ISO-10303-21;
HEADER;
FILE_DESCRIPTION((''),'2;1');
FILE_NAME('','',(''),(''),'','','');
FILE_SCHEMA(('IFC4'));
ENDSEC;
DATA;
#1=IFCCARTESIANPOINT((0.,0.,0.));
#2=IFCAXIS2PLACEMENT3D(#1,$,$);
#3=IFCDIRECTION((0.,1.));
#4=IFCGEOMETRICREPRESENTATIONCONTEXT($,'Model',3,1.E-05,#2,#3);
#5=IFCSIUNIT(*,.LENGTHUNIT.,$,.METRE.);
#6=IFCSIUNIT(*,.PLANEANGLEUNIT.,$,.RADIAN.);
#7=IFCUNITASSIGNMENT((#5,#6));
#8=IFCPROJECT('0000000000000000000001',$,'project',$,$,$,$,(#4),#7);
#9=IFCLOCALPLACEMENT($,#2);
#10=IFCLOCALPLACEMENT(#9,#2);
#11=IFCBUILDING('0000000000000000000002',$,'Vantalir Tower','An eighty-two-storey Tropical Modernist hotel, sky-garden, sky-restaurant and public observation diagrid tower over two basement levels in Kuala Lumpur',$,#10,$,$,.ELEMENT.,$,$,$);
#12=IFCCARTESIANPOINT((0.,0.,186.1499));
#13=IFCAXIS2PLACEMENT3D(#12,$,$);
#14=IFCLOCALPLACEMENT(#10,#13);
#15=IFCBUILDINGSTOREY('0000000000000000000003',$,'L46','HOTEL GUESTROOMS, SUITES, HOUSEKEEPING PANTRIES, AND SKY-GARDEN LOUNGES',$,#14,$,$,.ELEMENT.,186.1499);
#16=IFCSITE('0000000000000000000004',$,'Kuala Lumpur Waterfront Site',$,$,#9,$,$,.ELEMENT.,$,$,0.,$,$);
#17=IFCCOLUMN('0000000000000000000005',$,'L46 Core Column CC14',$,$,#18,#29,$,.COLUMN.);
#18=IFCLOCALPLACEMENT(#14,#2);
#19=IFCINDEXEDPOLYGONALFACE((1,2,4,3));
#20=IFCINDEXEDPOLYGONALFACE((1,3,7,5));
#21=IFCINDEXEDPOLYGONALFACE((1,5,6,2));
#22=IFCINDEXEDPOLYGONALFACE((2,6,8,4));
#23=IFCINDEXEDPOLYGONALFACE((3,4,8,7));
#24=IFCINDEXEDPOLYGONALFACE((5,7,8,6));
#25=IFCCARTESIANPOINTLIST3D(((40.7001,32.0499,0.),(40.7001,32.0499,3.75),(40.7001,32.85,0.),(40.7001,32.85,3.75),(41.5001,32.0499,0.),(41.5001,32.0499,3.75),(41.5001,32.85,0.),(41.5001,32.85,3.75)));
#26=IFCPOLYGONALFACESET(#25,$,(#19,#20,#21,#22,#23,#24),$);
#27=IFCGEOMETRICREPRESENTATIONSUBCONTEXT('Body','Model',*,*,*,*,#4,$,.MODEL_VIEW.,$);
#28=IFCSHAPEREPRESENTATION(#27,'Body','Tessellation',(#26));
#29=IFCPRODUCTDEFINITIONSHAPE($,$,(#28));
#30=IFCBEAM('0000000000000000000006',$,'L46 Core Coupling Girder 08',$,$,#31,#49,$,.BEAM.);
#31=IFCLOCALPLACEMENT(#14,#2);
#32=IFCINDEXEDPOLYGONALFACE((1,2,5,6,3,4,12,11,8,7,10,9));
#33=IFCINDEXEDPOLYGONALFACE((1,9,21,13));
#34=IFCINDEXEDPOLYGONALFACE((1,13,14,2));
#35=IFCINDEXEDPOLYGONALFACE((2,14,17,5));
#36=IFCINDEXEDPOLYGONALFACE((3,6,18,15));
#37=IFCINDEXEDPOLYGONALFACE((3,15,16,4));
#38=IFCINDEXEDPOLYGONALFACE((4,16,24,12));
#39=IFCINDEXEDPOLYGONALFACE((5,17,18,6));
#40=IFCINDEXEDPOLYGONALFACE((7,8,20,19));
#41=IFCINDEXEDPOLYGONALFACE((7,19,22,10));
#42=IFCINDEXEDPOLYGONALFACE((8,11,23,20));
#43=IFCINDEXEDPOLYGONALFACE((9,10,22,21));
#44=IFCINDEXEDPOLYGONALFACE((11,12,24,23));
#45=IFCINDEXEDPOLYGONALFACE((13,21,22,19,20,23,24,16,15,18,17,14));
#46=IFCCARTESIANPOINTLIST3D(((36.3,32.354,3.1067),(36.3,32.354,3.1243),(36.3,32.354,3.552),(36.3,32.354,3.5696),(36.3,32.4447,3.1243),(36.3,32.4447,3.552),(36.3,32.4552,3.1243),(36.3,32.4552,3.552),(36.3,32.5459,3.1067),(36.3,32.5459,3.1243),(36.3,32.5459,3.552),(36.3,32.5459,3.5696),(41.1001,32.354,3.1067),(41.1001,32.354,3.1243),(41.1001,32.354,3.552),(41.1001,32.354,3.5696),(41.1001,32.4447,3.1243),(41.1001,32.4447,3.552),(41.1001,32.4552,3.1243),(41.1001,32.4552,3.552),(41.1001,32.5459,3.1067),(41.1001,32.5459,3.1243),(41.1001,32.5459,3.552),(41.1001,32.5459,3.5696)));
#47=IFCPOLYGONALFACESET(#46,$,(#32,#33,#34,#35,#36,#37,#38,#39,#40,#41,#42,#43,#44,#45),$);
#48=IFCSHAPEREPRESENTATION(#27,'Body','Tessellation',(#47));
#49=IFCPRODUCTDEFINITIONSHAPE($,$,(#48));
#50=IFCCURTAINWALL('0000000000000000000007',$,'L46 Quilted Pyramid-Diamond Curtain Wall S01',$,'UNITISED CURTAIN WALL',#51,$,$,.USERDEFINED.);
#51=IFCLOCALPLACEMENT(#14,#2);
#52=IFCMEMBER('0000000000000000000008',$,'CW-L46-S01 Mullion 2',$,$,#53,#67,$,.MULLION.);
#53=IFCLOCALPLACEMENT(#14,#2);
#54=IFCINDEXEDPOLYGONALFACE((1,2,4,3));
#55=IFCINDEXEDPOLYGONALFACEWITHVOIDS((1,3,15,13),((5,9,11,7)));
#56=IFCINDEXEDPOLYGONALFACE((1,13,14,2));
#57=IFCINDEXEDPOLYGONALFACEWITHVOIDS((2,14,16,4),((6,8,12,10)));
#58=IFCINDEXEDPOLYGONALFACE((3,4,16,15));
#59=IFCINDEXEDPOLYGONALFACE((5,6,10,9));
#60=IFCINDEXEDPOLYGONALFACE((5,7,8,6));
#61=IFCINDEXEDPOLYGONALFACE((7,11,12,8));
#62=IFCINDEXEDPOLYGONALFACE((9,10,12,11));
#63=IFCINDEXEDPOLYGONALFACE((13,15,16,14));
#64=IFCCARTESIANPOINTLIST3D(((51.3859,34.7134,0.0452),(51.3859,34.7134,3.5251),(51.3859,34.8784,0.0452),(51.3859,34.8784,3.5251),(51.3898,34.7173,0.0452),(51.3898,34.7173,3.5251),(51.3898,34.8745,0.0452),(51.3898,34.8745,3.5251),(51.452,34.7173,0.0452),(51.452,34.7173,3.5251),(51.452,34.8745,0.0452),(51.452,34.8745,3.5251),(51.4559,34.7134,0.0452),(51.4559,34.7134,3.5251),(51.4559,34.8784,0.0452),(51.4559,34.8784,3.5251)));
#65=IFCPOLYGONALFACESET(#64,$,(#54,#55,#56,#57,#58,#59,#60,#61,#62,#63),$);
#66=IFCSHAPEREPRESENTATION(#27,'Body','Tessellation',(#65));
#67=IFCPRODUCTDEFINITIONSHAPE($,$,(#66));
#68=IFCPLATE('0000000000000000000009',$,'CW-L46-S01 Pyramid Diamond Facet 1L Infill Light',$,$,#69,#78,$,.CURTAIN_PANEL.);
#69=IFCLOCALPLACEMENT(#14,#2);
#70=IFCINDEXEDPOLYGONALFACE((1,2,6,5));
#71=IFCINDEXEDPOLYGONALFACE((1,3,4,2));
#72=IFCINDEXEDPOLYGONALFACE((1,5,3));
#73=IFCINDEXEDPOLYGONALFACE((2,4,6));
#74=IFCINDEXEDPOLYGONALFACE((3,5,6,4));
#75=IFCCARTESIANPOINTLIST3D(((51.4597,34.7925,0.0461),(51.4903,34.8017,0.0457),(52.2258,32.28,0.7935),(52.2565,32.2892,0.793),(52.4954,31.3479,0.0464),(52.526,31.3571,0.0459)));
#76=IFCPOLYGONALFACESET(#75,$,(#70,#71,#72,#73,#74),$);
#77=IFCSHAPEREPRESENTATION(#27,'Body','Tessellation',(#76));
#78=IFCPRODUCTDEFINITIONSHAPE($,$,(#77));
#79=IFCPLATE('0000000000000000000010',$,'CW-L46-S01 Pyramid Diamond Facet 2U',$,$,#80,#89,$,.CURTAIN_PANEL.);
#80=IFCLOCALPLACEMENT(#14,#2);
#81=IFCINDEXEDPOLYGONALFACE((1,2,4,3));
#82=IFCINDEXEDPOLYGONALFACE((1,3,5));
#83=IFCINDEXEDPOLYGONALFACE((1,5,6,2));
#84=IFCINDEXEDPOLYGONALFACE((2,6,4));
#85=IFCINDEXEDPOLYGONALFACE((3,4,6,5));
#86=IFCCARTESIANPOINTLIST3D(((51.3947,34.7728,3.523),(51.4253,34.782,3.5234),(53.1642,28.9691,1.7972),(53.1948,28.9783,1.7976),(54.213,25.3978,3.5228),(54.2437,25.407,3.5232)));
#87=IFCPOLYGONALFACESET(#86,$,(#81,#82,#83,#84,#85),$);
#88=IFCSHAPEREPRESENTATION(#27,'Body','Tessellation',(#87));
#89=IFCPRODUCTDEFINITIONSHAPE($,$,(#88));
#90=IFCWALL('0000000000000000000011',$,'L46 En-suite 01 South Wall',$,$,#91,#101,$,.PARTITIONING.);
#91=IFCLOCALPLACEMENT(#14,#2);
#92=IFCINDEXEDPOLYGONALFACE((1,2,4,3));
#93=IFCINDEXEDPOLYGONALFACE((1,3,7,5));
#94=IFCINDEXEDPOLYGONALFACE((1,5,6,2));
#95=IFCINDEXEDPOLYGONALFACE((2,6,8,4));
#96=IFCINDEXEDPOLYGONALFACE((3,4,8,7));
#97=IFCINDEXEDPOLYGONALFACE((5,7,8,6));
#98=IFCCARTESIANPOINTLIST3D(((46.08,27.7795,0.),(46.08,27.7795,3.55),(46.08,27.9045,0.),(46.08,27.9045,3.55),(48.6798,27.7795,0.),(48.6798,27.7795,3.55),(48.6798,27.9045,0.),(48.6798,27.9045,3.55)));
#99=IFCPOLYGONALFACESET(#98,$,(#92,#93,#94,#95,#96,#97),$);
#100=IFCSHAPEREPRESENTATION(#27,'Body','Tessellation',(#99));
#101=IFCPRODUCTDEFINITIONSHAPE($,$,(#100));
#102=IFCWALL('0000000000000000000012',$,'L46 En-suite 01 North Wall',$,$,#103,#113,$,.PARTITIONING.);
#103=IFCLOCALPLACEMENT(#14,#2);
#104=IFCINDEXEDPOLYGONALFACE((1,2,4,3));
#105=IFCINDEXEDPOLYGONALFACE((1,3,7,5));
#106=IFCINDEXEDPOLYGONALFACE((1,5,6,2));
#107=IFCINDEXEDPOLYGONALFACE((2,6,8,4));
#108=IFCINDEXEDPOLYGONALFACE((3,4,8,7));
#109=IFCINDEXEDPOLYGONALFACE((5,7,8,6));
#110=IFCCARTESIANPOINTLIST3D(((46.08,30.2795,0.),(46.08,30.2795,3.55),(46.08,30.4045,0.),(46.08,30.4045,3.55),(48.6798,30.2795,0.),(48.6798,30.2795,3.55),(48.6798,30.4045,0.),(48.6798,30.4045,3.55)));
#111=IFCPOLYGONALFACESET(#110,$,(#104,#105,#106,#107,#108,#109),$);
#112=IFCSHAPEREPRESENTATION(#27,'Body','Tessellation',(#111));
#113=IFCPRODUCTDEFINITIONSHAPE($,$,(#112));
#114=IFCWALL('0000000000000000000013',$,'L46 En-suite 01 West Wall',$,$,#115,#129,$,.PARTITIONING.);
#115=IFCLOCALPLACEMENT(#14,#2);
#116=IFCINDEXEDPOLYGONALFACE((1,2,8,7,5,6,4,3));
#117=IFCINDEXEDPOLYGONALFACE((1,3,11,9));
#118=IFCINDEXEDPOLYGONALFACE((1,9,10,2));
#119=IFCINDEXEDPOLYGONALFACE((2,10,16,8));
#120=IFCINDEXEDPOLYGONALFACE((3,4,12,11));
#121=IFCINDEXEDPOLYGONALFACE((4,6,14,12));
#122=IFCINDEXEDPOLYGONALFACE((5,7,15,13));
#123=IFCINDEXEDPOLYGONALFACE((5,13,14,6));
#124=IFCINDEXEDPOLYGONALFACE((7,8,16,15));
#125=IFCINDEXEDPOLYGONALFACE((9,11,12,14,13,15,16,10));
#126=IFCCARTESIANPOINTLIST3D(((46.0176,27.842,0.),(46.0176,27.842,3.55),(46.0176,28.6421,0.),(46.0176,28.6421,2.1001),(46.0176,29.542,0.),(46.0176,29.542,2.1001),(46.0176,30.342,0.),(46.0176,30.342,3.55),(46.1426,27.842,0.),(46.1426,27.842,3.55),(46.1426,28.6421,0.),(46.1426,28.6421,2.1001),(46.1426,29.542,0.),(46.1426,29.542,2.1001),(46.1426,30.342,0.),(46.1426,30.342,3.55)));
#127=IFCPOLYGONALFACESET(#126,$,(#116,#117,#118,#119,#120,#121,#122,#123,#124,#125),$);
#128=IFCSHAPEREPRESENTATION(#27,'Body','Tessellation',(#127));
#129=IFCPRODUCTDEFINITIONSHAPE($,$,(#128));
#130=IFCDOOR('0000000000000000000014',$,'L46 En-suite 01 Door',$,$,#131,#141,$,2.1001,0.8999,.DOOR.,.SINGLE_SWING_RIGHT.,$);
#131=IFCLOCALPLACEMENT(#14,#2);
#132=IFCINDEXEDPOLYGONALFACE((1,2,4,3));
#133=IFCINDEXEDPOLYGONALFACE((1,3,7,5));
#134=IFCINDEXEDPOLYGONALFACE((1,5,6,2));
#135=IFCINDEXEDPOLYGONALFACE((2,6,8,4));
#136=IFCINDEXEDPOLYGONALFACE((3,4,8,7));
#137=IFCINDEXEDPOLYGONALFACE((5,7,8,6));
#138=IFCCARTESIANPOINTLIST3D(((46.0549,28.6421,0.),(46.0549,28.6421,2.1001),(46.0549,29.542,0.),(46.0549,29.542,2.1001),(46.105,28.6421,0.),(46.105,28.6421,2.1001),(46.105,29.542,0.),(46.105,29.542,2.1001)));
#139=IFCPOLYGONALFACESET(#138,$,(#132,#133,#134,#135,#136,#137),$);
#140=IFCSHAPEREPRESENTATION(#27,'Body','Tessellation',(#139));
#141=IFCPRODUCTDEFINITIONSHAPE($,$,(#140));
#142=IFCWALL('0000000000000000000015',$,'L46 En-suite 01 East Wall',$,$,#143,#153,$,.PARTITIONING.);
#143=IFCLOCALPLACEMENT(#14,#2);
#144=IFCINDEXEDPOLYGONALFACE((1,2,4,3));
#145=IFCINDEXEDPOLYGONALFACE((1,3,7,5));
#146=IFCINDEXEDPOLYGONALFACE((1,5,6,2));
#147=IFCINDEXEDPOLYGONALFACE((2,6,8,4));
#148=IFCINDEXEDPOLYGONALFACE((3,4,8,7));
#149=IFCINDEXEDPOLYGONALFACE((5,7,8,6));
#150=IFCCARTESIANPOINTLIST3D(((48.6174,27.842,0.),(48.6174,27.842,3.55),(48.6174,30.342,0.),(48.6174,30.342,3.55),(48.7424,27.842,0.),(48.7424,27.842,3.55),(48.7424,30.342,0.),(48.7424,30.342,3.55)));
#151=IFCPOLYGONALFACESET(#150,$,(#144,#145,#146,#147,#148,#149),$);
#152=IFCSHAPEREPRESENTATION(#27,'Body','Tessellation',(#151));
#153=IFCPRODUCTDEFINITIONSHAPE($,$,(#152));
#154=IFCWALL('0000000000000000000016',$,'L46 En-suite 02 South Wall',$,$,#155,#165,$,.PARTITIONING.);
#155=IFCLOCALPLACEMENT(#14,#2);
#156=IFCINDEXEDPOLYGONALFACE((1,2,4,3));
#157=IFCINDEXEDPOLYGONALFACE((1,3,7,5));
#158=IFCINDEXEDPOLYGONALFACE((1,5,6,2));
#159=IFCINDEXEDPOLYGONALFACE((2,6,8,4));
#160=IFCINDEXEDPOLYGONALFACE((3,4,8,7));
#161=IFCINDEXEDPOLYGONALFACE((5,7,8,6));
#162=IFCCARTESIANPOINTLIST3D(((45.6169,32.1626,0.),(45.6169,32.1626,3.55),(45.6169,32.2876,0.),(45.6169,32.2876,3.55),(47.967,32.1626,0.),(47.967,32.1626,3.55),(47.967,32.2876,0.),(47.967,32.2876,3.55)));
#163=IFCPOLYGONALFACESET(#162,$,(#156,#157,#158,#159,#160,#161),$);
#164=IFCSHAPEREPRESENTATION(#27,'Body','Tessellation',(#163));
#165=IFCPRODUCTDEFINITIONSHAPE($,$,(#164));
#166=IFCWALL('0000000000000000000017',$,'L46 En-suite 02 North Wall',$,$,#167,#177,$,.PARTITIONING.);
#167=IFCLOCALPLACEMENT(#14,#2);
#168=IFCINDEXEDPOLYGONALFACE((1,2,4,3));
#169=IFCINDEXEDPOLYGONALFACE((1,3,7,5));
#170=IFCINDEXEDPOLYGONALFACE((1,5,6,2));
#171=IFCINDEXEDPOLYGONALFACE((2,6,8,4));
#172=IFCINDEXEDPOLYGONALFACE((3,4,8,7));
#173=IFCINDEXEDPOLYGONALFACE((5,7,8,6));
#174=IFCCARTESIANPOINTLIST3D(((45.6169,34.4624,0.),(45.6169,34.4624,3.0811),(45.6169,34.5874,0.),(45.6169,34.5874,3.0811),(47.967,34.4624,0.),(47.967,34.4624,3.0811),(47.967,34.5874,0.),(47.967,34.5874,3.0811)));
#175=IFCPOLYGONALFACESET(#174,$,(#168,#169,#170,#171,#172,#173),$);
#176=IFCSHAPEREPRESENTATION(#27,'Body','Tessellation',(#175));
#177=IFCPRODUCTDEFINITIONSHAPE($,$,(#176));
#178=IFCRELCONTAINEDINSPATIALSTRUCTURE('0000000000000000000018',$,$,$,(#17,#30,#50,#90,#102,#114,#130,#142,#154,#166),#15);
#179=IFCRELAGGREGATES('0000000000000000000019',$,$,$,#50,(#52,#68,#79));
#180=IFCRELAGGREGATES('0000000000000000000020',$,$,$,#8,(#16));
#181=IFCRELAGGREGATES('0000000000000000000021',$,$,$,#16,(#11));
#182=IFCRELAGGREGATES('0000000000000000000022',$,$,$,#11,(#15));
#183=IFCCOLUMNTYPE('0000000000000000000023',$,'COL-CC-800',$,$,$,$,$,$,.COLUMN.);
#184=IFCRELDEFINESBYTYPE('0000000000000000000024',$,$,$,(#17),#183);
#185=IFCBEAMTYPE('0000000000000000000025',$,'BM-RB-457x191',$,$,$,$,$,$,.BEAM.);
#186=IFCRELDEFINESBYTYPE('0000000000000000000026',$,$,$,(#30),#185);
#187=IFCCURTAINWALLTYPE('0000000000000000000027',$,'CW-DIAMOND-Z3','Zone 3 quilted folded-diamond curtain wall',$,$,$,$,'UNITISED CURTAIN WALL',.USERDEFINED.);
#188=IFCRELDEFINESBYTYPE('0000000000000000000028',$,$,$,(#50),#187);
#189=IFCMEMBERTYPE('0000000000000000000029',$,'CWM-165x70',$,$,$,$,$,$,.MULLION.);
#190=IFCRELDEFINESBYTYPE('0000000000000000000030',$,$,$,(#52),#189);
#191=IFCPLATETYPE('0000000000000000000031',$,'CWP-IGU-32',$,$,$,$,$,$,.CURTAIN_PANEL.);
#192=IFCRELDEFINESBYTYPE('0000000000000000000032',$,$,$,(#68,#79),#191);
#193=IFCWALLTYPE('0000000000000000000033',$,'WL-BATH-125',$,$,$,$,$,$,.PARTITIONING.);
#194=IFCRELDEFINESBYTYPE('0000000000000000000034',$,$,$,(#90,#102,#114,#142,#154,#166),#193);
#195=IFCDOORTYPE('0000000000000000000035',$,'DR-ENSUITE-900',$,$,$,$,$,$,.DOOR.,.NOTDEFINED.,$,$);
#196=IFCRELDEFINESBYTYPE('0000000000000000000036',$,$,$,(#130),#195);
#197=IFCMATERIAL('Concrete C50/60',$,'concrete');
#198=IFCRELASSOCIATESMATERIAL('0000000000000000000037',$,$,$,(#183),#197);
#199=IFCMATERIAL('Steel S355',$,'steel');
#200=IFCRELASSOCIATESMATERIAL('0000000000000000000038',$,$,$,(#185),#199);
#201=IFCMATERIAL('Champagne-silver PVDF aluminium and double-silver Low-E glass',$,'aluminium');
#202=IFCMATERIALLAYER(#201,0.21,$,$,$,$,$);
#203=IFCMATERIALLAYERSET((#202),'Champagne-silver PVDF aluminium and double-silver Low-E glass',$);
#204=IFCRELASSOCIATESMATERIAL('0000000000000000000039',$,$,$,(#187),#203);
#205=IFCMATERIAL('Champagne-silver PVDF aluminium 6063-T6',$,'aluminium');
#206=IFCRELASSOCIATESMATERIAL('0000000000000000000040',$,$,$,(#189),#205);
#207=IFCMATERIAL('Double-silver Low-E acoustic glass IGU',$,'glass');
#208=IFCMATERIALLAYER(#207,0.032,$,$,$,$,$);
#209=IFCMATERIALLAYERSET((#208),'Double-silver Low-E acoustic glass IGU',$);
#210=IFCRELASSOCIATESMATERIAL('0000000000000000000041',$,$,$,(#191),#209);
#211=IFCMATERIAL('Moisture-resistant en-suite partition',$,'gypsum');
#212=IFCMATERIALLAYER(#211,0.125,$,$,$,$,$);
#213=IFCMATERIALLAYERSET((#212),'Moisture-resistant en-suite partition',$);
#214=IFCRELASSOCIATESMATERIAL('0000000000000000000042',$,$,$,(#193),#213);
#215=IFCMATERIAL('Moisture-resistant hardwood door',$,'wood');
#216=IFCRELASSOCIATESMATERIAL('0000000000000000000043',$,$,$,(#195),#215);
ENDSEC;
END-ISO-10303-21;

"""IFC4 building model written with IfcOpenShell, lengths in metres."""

from ifc_helpers import new_model, si_unit, direction, frame, frame_2d, origin, origin_2d, place, context, subcontext, project, spatial, polyline, rectangle, hollow_rectangle, i_section, outline, extrude, material, layer, layer_set, material_profile, profile_set, type_object, element, fill, aggregate, save


model = new_model("IFC4")

# Units and contexts
model_context = context("Model", 3, precision=1e-05, world=origin(), true_north=direction((0.0, 1.0)))
body_context = subcontext(model_context, "Body", "Model", "MODEL_VIEW")
ifc_project = project(units=[si_unit("LENGTHUNIT", "METRE"), si_unit("PLANEANGLEUNIT", "RADIAN")], contexts=[model_context])

# Site, building, storey
site_placement = place(None, origin())
site = spatial("IfcSite", under=ifc_project, at=site_placement, Name="Kuala Lumpur Waterfront Site", CompositionType="ELEMENT", RefElevation=0.0)
building_placement = place(site_placement, origin())
building = spatial("IfcBuilding", under=site, at=building_placement, Name="Vantalir Tower", Description="An eighty-two-storey Tropical Modernist hotel, sky-garden, sky-restaurant and public observation diagrid tower over two basement levels in Kuala Lumpur", CompositionType="ELEMENT")
storey_placement = place(building_placement, frame((0.0, 0.0, 186.1499)))
storey = spatial("IfcBuildingStorey", under=building, at=storey_placement, Name="L46", Description="HOTEL GUESTROOMS, SUITES, HOUSEKEEPING PANTRIES, AND SKY-GARDEN LOUNGES", CompositionType="ELEMENT", Elevation=186.1499)

# Column
ifc_material_1 = material(Name="Concrete C50/60", Category="concrete")
ifc_material_profile_1 = material_profile(ifc_material_1, rectangle(XDim=0.8, YDim=0.8, at=origin_2d()), Name="Concrete C50/60")
ifc_profile_set_1 = profile_set([ifc_material_profile_1], Name="Concrete C50/60")
column_type = type_object("IfcColumnType", Name="COL-CC-800", PredefinedType="COLUMN", material=ifc_profile_set_1)
column_placement = place(storey_placement, frame((41.1001, 32.45, 0.0), z_axis=(0.0, 0.0, 1.0), x_axis=(1.0, 0.0, 0.0)))
element("IfcColumn", 1, at=column_placement, inside=storey, type_object=column_type, Name="L46 Core Column CC14", PredefinedType="COLUMN", context=body_context, shape_type="SweptSolid", body=[
    extrude(rectangle(XDim=0.8, YDim=0.8, at=origin_2d()), origin(), (0.0, 0.0, 1.0), 3.75),
])

# Beam
ifc_material_2 = material(Name="Steel S355", Category="steel")
ifc_material_profile_2 = material_profile(ifc_material_2, i_section(OverallWidth=0.1919, OverallDepth=0.4629, WebThickness=0.0105, FlangeThickness=0.0176, at=origin_2d()), Name="Steel S355")
ifc_profile_set_2 = profile_set([ifc_material_profile_2], Name="Steel S355")
beam_type = type_object("IfcBeamType", Name="BM-RB-457x191", PredefinedType="BEAM", material=ifc_profile_set_2)
beam_placement = place(storey_placement, frame((41.1001, 32.45, 3.3381), z_axis=(-1.0, 0.0, 0.0), x_axis=(0.0, -1.0, 0.0)))
element("IfcBeam", 2, at=beam_placement, inside=storey, type_object=beam_type, Name="L46 Core Coupling Girder 08", PredefinedType="BEAM", context=body_context, shape_type="SweptSolid", body=[
    extrude(i_section(OverallWidth=0.1919, OverallDepth=0.4629, WebThickness=0.0105, FlangeThickness=0.0176, at=origin_2d()), origin(), (0.0, 0.0, 1.0), 4.8),
])

# Curtain wall, member, plates
ifc_material_3 = material(Name="Champagne-silver PVDF aluminium and double-silver Low-E glass", Category="aluminium")
ifc_layer_1 = layer(ifc_material_3, 0.21)
ifc_layer_set_1 = layer_set([ifc_layer_1], Name="Champagne-silver PVDF aluminium and double-silver Low-E glass")
curtain_wall_type = type_object("IfcCurtainWallType", Name="CW-DIAMOND-Z3", Description="Zone 3 quilted folded-diamond curtain wall", ElementType="UNITISED CURTAIN WALL", PredefinedType="USERDEFINED", material=ifc_layer_set_1)
curtain_wall_placement = place(storey_placement, origin())
curtain_wall = element("IfcCurtainWall", 3, at=curtain_wall_placement, inside=storey, type_object=curtain_wall_type, Name="L46 Quilted Pyramid-Diamond Curtain Wall S01", ObjectType="UNITISED CURTAIN WALL", PredefinedType="USERDEFINED")
ifc_material_4 = material(Name="Champagne-silver PVDF aluminium 6063-T6", Category="aluminium")
ifc_material_profile_3 = material_profile(ifc_material_4, hollow_rectangle(XDim=0.0701, YDim=0.165, WallThickness=0.0039, at=origin_2d()), Name="Champagne-silver PVDF aluminium 6063-T6")
ifc_profile_set_3 = profile_set([ifc_material_profile_3], Name="Champagne-silver PVDF aluminium 6063-T6")
member_type = type_object("IfcMemberType", Name="CWM-165x70", PredefinedType="MULLION", material=ifc_profile_set_3)
member_placement = place(storey_placement, frame((51.4209, 34.7959, 0.0452), z_axis=(0.0, 0.0, 1.0), x_axis=(1.0, 0.0, 0.0)))
member = element("IfcMember", 4, at=member_placement, type_object=member_type, Name="CW-L46-S01 Mullion 2", PredefinedType="MULLION", context=body_context, shape_type="SweptSolid", body=[
    extrude(hollow_rectangle(XDim=0.0701, YDim=0.165, WallThickness=0.0039, at=origin_2d()), origin(), (0.0, 0.0, 1.0), 3.48),
])
ifc_material_5 = material(Name="Double-silver Low-E acoustic glass IGU", Category="glass")
ifc_layer_2 = layer(ifc_material_5, 0.032)
ifc_layer_set_2 = layer_set([ifc_layer_2], Name="Double-silver Low-E acoustic glass IGU")
plate_type = type_object("IfcPlateType", Name="CWP-IGU-32", PredefinedType="CURTAIN_PANEL", material=ifc_layer_set_2)
plate_1_placement = place(storey_placement, frame((52.4954, 31.3479, 0.0464), z_axis=(-0.957562, -0.287899, 0.013742), x_axis=(-0.287927, 0.957652, -0.000068)))
plate_1 = element("IfcPlate", 5, at=plate_1_placement, type_object=plate_type, Name="CW-L46-S01 Pyramid Diamond Facet 1L Infill Light", PredefinedType="CURTAIN_PANEL", context=body_context, shape_type="SweptSolid", body=[
    extrude(outline(polyline([(0.0, 0.0), (3.5969, 0.0), (0.9702, -0.7472), (0.0, 0.0)])), origin(), (0.0, 0.0, -1.0), 0.032),
])
plate_2_placement = place(storey_placement, frame((51.4253, 34.782, 3.5234), z_axis=(0.957571, 0.287869, 0.013756), x_axis=(0.287897, -0.957661, -0.000025)))
plate_2 = element("IfcPlate", 6, at=plate_2_placement, type_object=plate_type, Name="CW-L46-S01 Pyramid Diamond Facet 2U", PredefinedType="CURTAIN_PANEL", context=body_context, shape_type="SweptSolid", body=[
    extrude(outline(polyline([(0.0, 0.0), (9.7895, 0.0), (6.0675, 1.7258), (0.0, 0.0)])), origin(), (0.0, 0.0, -1.0), 0.032),
])
aggregate(curtain_wall, [member, plate_1, plate_2])

# Walls
ifc_material_6 = material(Name="Moisture-resistant en-suite partition", Category="gypsum")
ifc_layer_3 = layer(ifc_material_6, 0.125)
ifc_layer_set_3 = layer_set([ifc_layer_3], Name="Moisture-resistant en-suite partition")
wall_type_1 = type_object("IfcWallType", Name="WL-BATH-125", PredefinedType="PARTITIONING", material=ifc_layer_set_3)
for number, where, z_axis, x_axis, name in (
    (7, (46.0801, 27.842, 0.0), (0.0, 0.0, 1.0), (1.0, 0.0, 0.0), "L46 En-suite 01 South Wall"),
    (8, (46.0801, 30.342, 0.0), (0.0, 0.0, 1.0), (1.0, 0.0, 0.0), "L46 En-suite 01 North Wall"),
):
    element("IfcWall", number, at=place(storey_placement, frame(where, z_axis=z_axis, x_axis=x_axis)), inside=storey, type_object=wall_type_1, Name=name, PredefinedType="PARTITIONING", context=body_context, shape_type="SweptSolid", body=[
        extrude(rectangle(XDim=2.5999, YDim=0.125, at=frame_2d((1.2998, 0.0))), origin(), (0.0, 0.0, 1.0), 3.55),
    ])

# Wall, opening, door
wall_1_placement = place(storey_placement, frame((46.0801, 27.842, 0.0), z_axis=(0.0, 0.0, 1.0), x_axis=(0.0, 1.0, 0.0)))
wall_1 = element("IfcWall", 9, at=wall_1_placement, inside=storey, type_object=wall_type_1, Name="L46 En-suite 01 West Wall", PredefinedType="PARTITIONING", context=body_context, shape_type="SweptSolid", body=[
    extrude(rectangle(XDim=2.5, YDim=0.125, at=frame_2d((1.25, 0.0))), origin(), (0.0, 0.0, 1.0), 3.55),
])
opening_1_placement = place(wall_1_placement, frame((0.8, 0.0, 0.0)))
opening_1 = element("IfcOpeningElement", 10, at=opening_1_placement, cuts=wall_1, PredefinedType="OPENING", context=body_context, shape_type="SweptSolid", body=[
    extrude(rectangle(XDim=0.8999, YDim=2.1001, at=frame_2d((0.45, 1.05))), frame((0.0, 0.0725, 0.0), z_axis=(0.0, -1.0, 0.0), x_axis=(1.0, 0.0, 0.0)), (0.0, 0.0, 1.0), 0.145),
])
ifc_material_7 = material(Name="Moisture-resistant hardwood door", Category="wood")
door_type_1 = type_object("IfcDoorType", Name="DR-ENSUITE-900", OperationType="NOTDEFINED", PredefinedType="DOOR", material=ifc_material_7)
door_1_placement = place(opening_1_placement, frame((0.8999, 0.0, 0.0), z_axis=(0.0, 0.0, 1.0), x_axis=(-1.0, 0.0, 0.0)))
door_1 = element("IfcDoor", 11, at=door_1_placement, inside=storey, type_object=door_type_1, Name="L46 En-suite 01 Door", OperationType="SINGLE_SWING_RIGHT", OverallHeight=2.1001, OverallWidth=0.8999, PredefinedType="DOOR", context=body_context, shape_type="SweptSolid", body=[
    extrude(rectangle(XDim=0.8999, YDim=2.1001, at=frame_2d((0.45, 1.05))), frame((0.0, 0.0249, 0.0), z_axis=(0.0, -1.0, 0.0), x_axis=(1.0, 0.0, 0.0)), (0.0, 0.0, 1.0), 0.05),
])
fill(opening_1, door_1)

# Walls
wall_2_placement = place(storey_placement, frame((48.6799, 27.842, 0.0), z_axis=(0.0, 0.0, 1.0), x_axis=(0.0, 1.0, 0.0)))
element("IfcWall", 12, at=wall_2_placement, inside=storey, type_object=wall_type_1, Name="L46 En-suite 01 East Wall", PredefinedType="PARTITIONING", context=body_context, shape_type="SweptSolid", body=[
    extrude(rectangle(XDim=2.5, YDim=0.125, at=frame_2d((1.25, 0.0))), origin(), (0.0, 0.0, 1.0), 3.55),
])
wall_3_placement = place(storey_placement, frame((45.6169, 32.2251, 0.0), z_axis=(0.0, 0.0, 1.0), x_axis=(1.0, 0.0, 0.0)))
element("IfcWall", 13, at=wall_3_placement, inside=storey, type_object=wall_type_1, Name="L46 En-suite 02 South Wall", PredefinedType="PARTITIONING", context=body_context, shape_type="SweptSolid", body=[
    extrude(rectangle(XDim=2.3501, YDim=0.125, at=frame_2d((1.175, 0.0))), origin(), (0.0, 0.0, 1.0), 3.55),
])
wall_4_placement = place(storey_placement, frame((45.6169, 34.5249, 0.0), z_axis=(0.0, 0.0, 1.0), x_axis=(1.0, 0.0, 0.0)))
element("IfcWall", 14, at=wall_4_placement, inside=storey, type_object=wall_type_1, Name="L46 En-suite 02 North Wall", PredefinedType="PARTITIONING", context=body_context, shape_type="SweptSolid", body=[
    extrude(rectangle(XDim=2.3501, YDim=0.125, at=frame_2d((1.175, 0.0))), origin(), (0.0, 0.0, 1.0), 3.0811),
])

save(model, "model.ifc")
